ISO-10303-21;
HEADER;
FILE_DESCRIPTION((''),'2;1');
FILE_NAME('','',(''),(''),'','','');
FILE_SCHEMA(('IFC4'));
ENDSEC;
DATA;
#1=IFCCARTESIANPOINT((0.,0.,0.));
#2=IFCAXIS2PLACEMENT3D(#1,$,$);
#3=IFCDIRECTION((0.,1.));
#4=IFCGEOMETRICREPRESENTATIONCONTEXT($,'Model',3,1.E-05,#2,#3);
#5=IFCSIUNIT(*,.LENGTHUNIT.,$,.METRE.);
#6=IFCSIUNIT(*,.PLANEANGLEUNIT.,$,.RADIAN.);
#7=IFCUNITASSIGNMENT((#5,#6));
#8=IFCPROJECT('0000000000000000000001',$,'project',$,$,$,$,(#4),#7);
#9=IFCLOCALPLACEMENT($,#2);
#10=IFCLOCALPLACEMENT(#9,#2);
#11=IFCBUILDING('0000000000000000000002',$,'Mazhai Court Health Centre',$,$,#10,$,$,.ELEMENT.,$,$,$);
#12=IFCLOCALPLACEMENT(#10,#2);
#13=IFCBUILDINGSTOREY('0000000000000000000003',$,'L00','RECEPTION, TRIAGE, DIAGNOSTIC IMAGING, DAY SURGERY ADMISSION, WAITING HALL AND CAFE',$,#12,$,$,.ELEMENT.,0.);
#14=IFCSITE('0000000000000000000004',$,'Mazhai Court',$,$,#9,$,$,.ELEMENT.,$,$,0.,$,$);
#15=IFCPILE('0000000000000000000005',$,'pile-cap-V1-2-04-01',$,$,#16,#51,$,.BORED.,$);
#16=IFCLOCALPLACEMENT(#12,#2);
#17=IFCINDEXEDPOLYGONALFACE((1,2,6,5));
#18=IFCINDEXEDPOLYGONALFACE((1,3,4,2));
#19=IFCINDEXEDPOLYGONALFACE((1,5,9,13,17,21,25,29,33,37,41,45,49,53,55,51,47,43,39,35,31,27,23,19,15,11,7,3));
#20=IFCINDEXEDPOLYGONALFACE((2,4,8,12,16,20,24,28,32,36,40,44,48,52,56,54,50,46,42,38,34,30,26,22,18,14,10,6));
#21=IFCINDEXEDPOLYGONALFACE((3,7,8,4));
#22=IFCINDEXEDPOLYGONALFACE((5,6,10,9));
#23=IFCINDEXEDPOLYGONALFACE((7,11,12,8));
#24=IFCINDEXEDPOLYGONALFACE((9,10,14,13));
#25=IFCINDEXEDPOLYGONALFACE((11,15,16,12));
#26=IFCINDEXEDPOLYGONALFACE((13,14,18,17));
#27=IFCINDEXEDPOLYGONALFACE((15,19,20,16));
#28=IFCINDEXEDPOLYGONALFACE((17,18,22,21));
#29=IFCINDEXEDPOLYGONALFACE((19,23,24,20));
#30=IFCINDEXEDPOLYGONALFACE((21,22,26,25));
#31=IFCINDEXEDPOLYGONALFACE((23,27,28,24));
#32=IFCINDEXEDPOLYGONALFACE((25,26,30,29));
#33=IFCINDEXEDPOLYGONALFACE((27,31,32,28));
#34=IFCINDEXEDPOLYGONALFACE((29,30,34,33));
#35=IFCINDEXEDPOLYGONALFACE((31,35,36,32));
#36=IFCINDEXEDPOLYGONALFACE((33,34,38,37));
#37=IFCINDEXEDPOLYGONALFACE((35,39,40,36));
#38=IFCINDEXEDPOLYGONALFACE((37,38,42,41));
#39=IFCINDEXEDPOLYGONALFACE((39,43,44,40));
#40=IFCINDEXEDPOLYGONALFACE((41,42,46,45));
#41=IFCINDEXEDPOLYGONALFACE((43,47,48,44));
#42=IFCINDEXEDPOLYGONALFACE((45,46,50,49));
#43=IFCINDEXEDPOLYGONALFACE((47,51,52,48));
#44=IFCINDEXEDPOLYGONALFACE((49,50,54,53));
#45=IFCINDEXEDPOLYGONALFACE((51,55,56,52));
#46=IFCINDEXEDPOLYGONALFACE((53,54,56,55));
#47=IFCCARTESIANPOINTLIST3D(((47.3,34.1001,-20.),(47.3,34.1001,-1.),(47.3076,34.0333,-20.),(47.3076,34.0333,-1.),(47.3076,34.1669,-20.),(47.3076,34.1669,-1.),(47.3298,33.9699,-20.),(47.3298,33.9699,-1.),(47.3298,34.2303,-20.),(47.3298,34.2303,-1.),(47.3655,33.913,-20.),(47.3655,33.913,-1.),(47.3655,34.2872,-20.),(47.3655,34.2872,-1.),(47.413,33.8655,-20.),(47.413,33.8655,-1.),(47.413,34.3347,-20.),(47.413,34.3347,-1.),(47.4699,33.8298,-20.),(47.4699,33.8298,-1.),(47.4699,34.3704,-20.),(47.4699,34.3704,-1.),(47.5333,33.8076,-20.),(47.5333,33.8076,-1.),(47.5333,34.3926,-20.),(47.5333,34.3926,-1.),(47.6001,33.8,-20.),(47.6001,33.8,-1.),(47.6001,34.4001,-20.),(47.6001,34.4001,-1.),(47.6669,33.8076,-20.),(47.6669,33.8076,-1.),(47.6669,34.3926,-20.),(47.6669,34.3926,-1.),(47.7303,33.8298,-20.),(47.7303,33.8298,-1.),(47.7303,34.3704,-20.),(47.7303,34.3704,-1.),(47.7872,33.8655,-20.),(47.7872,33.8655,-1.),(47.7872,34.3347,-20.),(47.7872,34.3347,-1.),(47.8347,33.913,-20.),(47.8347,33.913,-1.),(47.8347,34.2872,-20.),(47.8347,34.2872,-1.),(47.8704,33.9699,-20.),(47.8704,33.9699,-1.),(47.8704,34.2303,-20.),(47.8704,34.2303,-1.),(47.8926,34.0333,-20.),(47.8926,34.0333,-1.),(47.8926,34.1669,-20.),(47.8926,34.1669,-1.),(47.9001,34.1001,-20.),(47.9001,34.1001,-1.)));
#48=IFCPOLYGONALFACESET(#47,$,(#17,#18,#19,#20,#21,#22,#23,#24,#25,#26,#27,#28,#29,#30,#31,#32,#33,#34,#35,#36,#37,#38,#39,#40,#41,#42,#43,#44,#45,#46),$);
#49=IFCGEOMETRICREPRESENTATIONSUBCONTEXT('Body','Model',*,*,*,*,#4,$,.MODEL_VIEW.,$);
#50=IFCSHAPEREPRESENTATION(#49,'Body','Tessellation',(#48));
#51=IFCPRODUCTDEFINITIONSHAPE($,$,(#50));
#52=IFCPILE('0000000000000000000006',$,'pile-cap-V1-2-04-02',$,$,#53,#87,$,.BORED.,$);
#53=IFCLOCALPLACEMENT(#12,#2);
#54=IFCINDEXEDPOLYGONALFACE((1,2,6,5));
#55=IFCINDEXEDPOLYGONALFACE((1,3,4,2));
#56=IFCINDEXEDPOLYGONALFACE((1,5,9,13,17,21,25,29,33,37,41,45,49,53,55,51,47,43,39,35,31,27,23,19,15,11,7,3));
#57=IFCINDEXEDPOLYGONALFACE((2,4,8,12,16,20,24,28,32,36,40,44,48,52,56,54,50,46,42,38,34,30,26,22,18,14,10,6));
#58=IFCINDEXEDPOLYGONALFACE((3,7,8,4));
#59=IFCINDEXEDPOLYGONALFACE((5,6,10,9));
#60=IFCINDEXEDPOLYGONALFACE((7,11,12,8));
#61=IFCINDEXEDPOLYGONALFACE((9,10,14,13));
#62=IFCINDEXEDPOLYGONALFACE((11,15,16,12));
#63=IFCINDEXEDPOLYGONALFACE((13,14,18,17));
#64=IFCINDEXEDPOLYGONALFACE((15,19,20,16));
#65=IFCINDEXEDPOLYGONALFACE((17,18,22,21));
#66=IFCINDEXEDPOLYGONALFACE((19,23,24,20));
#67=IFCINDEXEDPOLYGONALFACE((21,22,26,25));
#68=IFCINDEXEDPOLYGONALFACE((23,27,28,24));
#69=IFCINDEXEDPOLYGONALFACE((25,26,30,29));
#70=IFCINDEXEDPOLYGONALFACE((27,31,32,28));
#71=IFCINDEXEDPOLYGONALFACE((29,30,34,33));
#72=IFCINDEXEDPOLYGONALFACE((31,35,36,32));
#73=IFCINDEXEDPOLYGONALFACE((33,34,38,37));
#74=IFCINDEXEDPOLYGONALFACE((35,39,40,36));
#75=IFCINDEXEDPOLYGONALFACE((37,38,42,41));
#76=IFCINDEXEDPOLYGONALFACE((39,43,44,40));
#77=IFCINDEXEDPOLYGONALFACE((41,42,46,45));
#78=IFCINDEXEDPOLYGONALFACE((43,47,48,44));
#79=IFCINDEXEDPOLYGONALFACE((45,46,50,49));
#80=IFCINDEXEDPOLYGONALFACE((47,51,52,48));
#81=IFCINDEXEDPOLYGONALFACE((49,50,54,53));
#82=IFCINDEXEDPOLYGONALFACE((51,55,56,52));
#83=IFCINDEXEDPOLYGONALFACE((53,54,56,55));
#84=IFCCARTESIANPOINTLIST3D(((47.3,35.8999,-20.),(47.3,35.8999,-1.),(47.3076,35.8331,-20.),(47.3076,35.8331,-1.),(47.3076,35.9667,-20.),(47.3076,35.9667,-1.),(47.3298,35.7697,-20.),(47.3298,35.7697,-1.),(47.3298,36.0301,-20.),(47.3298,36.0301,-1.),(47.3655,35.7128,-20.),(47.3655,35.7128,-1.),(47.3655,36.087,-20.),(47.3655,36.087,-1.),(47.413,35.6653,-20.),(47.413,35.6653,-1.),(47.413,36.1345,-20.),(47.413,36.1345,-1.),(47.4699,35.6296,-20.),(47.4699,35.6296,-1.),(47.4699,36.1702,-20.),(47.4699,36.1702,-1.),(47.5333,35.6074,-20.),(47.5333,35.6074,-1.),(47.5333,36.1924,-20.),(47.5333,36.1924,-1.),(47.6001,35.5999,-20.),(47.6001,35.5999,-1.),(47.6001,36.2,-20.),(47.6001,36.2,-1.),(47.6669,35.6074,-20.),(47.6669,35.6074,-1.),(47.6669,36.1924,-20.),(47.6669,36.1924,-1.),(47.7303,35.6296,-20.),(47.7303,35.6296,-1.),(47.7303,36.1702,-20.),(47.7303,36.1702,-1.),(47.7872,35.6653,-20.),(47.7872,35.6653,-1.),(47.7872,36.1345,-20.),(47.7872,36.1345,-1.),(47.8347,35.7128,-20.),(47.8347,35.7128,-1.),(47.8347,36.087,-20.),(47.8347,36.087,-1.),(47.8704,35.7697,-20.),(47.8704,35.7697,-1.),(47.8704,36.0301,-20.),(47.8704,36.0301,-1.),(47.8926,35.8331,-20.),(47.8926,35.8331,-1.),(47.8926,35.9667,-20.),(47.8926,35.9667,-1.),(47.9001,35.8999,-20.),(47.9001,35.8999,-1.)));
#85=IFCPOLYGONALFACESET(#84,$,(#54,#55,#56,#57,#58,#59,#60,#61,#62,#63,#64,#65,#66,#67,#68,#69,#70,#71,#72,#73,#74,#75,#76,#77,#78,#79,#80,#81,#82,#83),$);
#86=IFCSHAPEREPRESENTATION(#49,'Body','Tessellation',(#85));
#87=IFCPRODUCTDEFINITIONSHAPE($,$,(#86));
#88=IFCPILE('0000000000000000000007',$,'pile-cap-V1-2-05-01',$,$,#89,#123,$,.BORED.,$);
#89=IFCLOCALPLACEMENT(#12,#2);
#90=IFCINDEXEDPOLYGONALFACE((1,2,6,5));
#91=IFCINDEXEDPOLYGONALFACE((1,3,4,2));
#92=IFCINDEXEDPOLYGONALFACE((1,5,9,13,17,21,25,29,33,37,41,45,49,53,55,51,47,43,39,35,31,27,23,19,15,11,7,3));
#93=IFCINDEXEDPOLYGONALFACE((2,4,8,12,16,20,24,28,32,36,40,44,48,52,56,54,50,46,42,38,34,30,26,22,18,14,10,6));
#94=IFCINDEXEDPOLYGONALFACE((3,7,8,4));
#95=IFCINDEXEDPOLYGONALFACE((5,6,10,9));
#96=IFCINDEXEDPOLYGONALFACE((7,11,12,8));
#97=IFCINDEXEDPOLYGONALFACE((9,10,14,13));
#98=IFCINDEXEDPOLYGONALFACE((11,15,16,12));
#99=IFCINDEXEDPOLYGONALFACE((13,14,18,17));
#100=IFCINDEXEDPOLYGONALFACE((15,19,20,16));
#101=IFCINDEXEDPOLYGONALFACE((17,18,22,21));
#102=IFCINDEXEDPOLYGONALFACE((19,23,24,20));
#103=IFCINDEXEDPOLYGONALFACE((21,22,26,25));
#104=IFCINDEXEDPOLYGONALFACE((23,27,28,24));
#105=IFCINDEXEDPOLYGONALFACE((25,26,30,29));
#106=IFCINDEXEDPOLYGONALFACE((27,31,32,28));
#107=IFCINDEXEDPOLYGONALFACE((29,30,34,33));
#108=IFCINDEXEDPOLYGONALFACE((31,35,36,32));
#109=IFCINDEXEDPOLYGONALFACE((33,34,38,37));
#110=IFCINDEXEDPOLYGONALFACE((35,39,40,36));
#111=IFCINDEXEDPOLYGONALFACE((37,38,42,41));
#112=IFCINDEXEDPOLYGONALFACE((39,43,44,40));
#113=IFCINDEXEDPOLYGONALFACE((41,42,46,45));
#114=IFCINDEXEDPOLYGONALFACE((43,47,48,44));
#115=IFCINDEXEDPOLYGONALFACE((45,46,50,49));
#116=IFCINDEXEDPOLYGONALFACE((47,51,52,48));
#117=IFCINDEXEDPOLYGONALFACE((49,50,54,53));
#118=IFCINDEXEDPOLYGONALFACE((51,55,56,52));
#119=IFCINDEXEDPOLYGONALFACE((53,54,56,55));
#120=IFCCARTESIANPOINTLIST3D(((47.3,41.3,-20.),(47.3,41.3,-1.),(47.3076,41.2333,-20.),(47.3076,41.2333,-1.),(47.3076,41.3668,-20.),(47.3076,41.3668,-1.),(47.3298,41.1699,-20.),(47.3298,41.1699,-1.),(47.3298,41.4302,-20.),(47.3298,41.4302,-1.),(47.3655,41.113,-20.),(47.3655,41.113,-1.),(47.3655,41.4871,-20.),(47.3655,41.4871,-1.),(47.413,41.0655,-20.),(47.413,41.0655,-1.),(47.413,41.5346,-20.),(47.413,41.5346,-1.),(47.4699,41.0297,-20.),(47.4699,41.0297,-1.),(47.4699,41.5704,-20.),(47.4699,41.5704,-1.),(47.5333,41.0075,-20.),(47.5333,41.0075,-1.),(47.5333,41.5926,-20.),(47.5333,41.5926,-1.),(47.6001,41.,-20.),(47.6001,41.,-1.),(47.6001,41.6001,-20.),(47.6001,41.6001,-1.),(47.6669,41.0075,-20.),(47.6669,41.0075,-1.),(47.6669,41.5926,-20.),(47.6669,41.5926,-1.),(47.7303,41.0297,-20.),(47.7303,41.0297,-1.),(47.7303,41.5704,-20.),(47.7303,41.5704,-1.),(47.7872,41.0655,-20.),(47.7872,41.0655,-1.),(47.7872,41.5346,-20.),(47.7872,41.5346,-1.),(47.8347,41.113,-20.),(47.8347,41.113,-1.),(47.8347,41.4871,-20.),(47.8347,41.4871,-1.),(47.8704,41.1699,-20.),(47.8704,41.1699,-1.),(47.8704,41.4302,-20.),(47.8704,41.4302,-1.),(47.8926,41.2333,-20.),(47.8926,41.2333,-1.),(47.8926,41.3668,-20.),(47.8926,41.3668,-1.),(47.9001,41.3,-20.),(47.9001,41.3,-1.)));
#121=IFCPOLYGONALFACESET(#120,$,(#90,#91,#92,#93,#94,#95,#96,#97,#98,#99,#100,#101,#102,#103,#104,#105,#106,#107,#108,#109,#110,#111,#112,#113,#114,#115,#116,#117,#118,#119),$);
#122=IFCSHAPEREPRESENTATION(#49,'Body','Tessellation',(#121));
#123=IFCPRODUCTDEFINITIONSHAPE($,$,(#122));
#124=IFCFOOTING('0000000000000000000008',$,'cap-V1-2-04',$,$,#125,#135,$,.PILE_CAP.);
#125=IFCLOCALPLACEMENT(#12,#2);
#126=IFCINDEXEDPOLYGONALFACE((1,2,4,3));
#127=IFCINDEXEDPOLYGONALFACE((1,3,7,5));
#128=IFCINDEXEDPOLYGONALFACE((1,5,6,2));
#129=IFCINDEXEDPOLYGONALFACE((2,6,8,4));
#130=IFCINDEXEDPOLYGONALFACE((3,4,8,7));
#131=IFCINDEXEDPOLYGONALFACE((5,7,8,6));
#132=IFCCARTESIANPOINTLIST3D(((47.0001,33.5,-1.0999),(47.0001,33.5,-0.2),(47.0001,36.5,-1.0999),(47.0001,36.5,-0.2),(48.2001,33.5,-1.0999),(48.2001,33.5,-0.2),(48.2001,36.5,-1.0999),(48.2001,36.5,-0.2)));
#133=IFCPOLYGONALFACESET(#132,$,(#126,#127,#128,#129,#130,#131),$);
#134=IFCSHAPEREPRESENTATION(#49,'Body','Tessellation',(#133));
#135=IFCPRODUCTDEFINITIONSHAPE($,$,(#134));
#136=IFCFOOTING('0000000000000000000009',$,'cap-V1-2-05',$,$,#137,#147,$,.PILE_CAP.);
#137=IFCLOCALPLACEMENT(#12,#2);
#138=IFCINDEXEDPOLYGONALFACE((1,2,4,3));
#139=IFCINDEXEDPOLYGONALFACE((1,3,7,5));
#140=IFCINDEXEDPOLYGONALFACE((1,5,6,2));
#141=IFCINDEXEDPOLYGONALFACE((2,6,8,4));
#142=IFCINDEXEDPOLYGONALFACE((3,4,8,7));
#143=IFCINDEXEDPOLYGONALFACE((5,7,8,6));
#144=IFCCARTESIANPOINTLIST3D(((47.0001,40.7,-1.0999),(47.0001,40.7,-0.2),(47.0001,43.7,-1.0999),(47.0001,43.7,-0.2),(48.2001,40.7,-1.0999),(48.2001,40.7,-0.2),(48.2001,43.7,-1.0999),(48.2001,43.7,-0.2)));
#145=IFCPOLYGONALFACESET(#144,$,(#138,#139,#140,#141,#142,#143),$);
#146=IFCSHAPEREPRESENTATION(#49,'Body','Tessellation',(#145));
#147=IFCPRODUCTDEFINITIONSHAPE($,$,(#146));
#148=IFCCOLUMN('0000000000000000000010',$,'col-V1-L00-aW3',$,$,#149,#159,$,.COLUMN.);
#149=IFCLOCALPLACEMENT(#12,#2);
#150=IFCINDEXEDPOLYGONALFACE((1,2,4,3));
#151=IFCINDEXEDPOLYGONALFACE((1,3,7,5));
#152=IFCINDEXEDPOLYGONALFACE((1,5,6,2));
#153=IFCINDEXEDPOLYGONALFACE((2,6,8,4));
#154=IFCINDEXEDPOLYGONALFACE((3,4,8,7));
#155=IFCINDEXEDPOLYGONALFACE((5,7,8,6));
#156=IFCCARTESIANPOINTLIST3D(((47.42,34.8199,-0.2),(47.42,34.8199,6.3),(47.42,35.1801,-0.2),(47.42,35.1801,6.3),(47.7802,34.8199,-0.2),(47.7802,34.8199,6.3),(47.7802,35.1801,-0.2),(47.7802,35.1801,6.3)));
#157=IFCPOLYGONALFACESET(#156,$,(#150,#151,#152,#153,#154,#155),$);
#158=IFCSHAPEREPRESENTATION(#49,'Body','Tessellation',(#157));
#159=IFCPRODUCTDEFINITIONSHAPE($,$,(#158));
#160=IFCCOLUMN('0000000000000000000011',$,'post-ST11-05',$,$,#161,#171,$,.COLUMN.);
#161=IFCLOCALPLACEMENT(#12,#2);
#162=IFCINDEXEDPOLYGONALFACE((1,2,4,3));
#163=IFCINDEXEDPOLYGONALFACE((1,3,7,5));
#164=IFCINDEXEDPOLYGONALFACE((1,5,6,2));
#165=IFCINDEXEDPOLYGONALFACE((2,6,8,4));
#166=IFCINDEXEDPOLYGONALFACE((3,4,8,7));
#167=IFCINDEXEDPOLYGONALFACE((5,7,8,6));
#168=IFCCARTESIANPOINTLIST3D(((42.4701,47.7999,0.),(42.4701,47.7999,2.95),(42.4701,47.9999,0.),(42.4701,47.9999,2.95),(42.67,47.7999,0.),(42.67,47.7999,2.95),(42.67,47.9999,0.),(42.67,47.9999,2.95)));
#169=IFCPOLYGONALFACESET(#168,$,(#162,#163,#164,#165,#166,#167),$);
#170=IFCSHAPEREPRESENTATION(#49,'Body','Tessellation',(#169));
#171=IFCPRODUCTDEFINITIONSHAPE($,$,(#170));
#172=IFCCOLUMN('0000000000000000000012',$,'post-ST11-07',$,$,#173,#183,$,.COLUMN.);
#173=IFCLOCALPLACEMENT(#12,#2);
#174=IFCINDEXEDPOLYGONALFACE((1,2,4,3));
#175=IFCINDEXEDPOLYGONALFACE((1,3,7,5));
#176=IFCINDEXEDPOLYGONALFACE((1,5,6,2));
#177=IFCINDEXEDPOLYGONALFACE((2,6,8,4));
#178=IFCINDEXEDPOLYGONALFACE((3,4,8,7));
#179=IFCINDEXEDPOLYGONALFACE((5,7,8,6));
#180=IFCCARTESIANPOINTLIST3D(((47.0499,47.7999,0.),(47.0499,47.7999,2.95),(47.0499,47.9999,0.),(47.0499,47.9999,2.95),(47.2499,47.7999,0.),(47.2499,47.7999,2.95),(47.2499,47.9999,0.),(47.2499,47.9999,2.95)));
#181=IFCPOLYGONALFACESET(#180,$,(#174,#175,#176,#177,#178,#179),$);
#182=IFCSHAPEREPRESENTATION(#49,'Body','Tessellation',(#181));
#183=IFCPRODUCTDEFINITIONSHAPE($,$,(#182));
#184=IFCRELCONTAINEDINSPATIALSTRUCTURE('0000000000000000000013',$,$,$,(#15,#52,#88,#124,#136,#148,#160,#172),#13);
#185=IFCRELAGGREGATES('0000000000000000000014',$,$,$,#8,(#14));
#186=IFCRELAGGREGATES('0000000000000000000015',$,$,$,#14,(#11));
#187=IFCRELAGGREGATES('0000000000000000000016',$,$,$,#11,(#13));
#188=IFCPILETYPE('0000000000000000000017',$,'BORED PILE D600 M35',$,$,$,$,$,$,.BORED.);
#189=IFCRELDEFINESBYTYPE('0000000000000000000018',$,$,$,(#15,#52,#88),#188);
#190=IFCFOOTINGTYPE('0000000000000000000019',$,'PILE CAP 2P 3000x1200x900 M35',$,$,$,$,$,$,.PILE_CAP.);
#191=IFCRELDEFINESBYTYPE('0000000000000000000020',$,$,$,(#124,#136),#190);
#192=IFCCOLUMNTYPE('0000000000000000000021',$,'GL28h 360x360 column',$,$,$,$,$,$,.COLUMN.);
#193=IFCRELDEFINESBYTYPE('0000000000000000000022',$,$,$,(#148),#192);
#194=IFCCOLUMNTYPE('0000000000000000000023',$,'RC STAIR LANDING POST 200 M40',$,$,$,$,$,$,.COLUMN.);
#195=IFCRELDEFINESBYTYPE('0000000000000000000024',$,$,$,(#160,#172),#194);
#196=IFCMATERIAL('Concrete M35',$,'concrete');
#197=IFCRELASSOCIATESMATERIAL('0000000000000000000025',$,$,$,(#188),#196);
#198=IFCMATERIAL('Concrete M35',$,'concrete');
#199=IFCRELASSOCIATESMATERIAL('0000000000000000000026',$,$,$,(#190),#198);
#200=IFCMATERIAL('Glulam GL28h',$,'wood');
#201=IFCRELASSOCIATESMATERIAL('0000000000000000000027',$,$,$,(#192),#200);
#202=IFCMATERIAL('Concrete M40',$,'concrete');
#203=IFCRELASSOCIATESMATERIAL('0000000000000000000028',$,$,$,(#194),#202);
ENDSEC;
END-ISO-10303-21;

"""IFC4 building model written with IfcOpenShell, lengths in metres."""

from ifc_helpers import new_model, si_unit, direction, frame, origin, origin_2d, place, context, subcontext, project, spatial, rectangle, circle, extrude, material, material_profile, profile_set, type_object, element, save


model = new_model("IFC4")

# Units and contexts
model_context = context("Model", 3, precision=1e-05, world=origin(), true_north=direction((0.0, 1.0)))
body_context = subcontext(model_context, "Body", "Model", "MODEL_VIEW")
ifc_project = project(units=[si_unit("LENGTHUNIT", "METRE"), si_unit("PLANEANGLEUNIT", "RADIAN")], contexts=[model_context])

# Site, building, storey
site_placement = place(None, origin())
site = spatial("IfcSite", under=ifc_project, at=site_placement, Name="Mazhai Court", CompositionType="ELEMENT", RefElevation=0.0)
building_placement = place(site_placement, origin())
building = spatial("IfcBuilding", under=site, at=building_placement, Name="Mazhai Court Health Centre", CompositionType="ELEMENT")
storey_placement = place(building_placement, origin())
storey = spatial("IfcBuildingStorey", under=building, at=storey_placement, Name="L00", Description="RECEPTION, TRIAGE, DIAGNOSTIC IMAGING, DAY SURGERY ADMISSION, WAITING HALL AND CAFE", CompositionType="ELEMENT", Elevation=0.0)

# Piles
ifc_material_1 = material(Name="Concrete M35", Category="concrete")
ifc_material_profile_1 = material_profile(ifc_material_1, circle(Radius=0.3, at=origin_2d()), Name="RC PILE D600")
ifc_profile_set_1 = profile_set([ifc_material_profile_1], Name="Concrete M35")
pile_type = type_object("IfcPileType", Name="BORED PILE D600 M35", PredefinedType="BORED", material=ifc_profile_set_1)
for number, where, z_axis, x_axis, name in (
    (1, (47.6001, 34.1001, -1.0), (0.0, 0.0, -1.0), (1.0, 0.0, 0.0), "pile-cap-V1-2-04-01"),
    (2, (47.6001, 35.8999, -1.0), (0.0, 0.0, -1.0), (1.0, 0.0, 0.0), "pile-cap-V1-2-04-02"),
    (3, (47.6001, 41.3, -1.0), (0.0, 0.0, -1.0), (1.0, 0.0, 0.0), "pile-cap-V1-2-05-01"),
):
    element("IfcPile", number, at=place(storey_placement, frame(where, z_axis=z_axis, x_axis=x_axis)), inside=storey, type_object=pile_type, Name=name, PredefinedType="BORED", context=body_context, shape_type="SweptSolid", body=[
        extrude(circle(Radius=0.3, at=origin_2d()), origin(), (0.0, 0.0, 1.0), 19.0),
    ])

# Footings
ifc_material_2 = material(Name="Concrete M35", Category="concrete")
footing_type = type_object("IfcFootingType", Name="PILE CAP 2P 3000x1200x900 M35", PredefinedType="PILE_CAP", material=ifc_material_2)
for number, where, z_axis, x_axis, name in (
    (4, (47.6001, 35.0, -1.0999), (0.0, 0.0, 1.0), (1.0, 0.0, 0.0), "cap-V1-2-04"),
    (5, (47.6001, 42.2, -1.0999), (0.0, 0.0, 1.0), (1.0, 0.0, 0.0), "cap-V1-2-05"),
):
    element("IfcFooting", number, at=place(storey_placement, frame(where, z_axis=z_axis, x_axis=x_axis)), inside=storey, type_object=footing_type, Name=name, PredefinedType="PILE_CAP", context=body_context, shape_type="SweptSolid", body=[
        extrude(rectangle(XDim=1.2, YDim=3.0, at=origin_2d()), origin(), (0.0, 0.0, 1.0), 0.8999),
    ])

# Columns
ifc_material_3 = material(Name="Glulam GL28h", Category="wood")
ifc_material_profile_2 = material_profile(ifc_material_3, rectangle(XDim=0.3601, YDim=0.3601, at=origin_2d()), Name="GL28h 360x360")
ifc_profile_set_2 = profile_set([ifc_material_profile_2], Name="Glulam GL28h")
column_type_1 = type_object("IfcColumnType", Name="GL28h 360x360 column", PredefinedType="COLUMN", material=ifc_profile_set_2)
column_placement = place(storey_placement, frame((47.6001, 35.0, -0.2), z_axis=(0.0, 0.0, 1.0), x_axis=(1.0, 0.0, 0.0)))
element("IfcColumn", 6, at=column_placement, inside=storey, type_object=column_type_1, Name="col-V1-L00-aW3", PredefinedType="COLUMN", context=body_context, shape_type="SweptSolid", body=[
    extrude(rectangle(XDim=0.3601, YDim=0.3601, at=origin_2d()), origin(), (0.0, 0.0, 1.0), 6.5),
])
ifc_material_4 = material(Name="Concrete M40", Category="concrete")
ifc_material_profile_3 = material_profile(ifc_material_4, rectangle(XDim=0.2, YDim=0.2, at=origin_2d()), Name="RC 200x200")
ifc_profile_set_3 = profile_set([ifc_material_profile_3], Name="Concrete M40")
column_type_2 = type_object("IfcColumnType", Name="RC STAIR LANDING POST 200 M40", PredefinedType="COLUMN", material=ifc_profile_set_3)
for number, where, z_axis, x_axis, name in (
    (7, (42.5701, 47.8999, 0.0), (0.0, 0.0, 1.0), (1.0, 0.0, 0.0), "post-ST11-05"),
    (8, (47.1499, 47.8999, 0.0), (0.0, 0.0, 1.0), (1.0, 0.0, 0.0), "post-ST11-07"),
):
    element("IfcColumn", number, at=place(storey_placement, frame(where, z_axis=z_axis, x_axis=x_axis)), inside=storey, type_object=column_type_2, Name=name, PredefinedType="COLUMN", context=body_context, shape_type="SweptSolid", body=[
        extrude(rectangle(XDim=0.2, YDim=0.2, at=origin_2d()), origin(), (0.0, 0.0, 1.0), 2.95),
    ])

save(model, "model.ifc")
